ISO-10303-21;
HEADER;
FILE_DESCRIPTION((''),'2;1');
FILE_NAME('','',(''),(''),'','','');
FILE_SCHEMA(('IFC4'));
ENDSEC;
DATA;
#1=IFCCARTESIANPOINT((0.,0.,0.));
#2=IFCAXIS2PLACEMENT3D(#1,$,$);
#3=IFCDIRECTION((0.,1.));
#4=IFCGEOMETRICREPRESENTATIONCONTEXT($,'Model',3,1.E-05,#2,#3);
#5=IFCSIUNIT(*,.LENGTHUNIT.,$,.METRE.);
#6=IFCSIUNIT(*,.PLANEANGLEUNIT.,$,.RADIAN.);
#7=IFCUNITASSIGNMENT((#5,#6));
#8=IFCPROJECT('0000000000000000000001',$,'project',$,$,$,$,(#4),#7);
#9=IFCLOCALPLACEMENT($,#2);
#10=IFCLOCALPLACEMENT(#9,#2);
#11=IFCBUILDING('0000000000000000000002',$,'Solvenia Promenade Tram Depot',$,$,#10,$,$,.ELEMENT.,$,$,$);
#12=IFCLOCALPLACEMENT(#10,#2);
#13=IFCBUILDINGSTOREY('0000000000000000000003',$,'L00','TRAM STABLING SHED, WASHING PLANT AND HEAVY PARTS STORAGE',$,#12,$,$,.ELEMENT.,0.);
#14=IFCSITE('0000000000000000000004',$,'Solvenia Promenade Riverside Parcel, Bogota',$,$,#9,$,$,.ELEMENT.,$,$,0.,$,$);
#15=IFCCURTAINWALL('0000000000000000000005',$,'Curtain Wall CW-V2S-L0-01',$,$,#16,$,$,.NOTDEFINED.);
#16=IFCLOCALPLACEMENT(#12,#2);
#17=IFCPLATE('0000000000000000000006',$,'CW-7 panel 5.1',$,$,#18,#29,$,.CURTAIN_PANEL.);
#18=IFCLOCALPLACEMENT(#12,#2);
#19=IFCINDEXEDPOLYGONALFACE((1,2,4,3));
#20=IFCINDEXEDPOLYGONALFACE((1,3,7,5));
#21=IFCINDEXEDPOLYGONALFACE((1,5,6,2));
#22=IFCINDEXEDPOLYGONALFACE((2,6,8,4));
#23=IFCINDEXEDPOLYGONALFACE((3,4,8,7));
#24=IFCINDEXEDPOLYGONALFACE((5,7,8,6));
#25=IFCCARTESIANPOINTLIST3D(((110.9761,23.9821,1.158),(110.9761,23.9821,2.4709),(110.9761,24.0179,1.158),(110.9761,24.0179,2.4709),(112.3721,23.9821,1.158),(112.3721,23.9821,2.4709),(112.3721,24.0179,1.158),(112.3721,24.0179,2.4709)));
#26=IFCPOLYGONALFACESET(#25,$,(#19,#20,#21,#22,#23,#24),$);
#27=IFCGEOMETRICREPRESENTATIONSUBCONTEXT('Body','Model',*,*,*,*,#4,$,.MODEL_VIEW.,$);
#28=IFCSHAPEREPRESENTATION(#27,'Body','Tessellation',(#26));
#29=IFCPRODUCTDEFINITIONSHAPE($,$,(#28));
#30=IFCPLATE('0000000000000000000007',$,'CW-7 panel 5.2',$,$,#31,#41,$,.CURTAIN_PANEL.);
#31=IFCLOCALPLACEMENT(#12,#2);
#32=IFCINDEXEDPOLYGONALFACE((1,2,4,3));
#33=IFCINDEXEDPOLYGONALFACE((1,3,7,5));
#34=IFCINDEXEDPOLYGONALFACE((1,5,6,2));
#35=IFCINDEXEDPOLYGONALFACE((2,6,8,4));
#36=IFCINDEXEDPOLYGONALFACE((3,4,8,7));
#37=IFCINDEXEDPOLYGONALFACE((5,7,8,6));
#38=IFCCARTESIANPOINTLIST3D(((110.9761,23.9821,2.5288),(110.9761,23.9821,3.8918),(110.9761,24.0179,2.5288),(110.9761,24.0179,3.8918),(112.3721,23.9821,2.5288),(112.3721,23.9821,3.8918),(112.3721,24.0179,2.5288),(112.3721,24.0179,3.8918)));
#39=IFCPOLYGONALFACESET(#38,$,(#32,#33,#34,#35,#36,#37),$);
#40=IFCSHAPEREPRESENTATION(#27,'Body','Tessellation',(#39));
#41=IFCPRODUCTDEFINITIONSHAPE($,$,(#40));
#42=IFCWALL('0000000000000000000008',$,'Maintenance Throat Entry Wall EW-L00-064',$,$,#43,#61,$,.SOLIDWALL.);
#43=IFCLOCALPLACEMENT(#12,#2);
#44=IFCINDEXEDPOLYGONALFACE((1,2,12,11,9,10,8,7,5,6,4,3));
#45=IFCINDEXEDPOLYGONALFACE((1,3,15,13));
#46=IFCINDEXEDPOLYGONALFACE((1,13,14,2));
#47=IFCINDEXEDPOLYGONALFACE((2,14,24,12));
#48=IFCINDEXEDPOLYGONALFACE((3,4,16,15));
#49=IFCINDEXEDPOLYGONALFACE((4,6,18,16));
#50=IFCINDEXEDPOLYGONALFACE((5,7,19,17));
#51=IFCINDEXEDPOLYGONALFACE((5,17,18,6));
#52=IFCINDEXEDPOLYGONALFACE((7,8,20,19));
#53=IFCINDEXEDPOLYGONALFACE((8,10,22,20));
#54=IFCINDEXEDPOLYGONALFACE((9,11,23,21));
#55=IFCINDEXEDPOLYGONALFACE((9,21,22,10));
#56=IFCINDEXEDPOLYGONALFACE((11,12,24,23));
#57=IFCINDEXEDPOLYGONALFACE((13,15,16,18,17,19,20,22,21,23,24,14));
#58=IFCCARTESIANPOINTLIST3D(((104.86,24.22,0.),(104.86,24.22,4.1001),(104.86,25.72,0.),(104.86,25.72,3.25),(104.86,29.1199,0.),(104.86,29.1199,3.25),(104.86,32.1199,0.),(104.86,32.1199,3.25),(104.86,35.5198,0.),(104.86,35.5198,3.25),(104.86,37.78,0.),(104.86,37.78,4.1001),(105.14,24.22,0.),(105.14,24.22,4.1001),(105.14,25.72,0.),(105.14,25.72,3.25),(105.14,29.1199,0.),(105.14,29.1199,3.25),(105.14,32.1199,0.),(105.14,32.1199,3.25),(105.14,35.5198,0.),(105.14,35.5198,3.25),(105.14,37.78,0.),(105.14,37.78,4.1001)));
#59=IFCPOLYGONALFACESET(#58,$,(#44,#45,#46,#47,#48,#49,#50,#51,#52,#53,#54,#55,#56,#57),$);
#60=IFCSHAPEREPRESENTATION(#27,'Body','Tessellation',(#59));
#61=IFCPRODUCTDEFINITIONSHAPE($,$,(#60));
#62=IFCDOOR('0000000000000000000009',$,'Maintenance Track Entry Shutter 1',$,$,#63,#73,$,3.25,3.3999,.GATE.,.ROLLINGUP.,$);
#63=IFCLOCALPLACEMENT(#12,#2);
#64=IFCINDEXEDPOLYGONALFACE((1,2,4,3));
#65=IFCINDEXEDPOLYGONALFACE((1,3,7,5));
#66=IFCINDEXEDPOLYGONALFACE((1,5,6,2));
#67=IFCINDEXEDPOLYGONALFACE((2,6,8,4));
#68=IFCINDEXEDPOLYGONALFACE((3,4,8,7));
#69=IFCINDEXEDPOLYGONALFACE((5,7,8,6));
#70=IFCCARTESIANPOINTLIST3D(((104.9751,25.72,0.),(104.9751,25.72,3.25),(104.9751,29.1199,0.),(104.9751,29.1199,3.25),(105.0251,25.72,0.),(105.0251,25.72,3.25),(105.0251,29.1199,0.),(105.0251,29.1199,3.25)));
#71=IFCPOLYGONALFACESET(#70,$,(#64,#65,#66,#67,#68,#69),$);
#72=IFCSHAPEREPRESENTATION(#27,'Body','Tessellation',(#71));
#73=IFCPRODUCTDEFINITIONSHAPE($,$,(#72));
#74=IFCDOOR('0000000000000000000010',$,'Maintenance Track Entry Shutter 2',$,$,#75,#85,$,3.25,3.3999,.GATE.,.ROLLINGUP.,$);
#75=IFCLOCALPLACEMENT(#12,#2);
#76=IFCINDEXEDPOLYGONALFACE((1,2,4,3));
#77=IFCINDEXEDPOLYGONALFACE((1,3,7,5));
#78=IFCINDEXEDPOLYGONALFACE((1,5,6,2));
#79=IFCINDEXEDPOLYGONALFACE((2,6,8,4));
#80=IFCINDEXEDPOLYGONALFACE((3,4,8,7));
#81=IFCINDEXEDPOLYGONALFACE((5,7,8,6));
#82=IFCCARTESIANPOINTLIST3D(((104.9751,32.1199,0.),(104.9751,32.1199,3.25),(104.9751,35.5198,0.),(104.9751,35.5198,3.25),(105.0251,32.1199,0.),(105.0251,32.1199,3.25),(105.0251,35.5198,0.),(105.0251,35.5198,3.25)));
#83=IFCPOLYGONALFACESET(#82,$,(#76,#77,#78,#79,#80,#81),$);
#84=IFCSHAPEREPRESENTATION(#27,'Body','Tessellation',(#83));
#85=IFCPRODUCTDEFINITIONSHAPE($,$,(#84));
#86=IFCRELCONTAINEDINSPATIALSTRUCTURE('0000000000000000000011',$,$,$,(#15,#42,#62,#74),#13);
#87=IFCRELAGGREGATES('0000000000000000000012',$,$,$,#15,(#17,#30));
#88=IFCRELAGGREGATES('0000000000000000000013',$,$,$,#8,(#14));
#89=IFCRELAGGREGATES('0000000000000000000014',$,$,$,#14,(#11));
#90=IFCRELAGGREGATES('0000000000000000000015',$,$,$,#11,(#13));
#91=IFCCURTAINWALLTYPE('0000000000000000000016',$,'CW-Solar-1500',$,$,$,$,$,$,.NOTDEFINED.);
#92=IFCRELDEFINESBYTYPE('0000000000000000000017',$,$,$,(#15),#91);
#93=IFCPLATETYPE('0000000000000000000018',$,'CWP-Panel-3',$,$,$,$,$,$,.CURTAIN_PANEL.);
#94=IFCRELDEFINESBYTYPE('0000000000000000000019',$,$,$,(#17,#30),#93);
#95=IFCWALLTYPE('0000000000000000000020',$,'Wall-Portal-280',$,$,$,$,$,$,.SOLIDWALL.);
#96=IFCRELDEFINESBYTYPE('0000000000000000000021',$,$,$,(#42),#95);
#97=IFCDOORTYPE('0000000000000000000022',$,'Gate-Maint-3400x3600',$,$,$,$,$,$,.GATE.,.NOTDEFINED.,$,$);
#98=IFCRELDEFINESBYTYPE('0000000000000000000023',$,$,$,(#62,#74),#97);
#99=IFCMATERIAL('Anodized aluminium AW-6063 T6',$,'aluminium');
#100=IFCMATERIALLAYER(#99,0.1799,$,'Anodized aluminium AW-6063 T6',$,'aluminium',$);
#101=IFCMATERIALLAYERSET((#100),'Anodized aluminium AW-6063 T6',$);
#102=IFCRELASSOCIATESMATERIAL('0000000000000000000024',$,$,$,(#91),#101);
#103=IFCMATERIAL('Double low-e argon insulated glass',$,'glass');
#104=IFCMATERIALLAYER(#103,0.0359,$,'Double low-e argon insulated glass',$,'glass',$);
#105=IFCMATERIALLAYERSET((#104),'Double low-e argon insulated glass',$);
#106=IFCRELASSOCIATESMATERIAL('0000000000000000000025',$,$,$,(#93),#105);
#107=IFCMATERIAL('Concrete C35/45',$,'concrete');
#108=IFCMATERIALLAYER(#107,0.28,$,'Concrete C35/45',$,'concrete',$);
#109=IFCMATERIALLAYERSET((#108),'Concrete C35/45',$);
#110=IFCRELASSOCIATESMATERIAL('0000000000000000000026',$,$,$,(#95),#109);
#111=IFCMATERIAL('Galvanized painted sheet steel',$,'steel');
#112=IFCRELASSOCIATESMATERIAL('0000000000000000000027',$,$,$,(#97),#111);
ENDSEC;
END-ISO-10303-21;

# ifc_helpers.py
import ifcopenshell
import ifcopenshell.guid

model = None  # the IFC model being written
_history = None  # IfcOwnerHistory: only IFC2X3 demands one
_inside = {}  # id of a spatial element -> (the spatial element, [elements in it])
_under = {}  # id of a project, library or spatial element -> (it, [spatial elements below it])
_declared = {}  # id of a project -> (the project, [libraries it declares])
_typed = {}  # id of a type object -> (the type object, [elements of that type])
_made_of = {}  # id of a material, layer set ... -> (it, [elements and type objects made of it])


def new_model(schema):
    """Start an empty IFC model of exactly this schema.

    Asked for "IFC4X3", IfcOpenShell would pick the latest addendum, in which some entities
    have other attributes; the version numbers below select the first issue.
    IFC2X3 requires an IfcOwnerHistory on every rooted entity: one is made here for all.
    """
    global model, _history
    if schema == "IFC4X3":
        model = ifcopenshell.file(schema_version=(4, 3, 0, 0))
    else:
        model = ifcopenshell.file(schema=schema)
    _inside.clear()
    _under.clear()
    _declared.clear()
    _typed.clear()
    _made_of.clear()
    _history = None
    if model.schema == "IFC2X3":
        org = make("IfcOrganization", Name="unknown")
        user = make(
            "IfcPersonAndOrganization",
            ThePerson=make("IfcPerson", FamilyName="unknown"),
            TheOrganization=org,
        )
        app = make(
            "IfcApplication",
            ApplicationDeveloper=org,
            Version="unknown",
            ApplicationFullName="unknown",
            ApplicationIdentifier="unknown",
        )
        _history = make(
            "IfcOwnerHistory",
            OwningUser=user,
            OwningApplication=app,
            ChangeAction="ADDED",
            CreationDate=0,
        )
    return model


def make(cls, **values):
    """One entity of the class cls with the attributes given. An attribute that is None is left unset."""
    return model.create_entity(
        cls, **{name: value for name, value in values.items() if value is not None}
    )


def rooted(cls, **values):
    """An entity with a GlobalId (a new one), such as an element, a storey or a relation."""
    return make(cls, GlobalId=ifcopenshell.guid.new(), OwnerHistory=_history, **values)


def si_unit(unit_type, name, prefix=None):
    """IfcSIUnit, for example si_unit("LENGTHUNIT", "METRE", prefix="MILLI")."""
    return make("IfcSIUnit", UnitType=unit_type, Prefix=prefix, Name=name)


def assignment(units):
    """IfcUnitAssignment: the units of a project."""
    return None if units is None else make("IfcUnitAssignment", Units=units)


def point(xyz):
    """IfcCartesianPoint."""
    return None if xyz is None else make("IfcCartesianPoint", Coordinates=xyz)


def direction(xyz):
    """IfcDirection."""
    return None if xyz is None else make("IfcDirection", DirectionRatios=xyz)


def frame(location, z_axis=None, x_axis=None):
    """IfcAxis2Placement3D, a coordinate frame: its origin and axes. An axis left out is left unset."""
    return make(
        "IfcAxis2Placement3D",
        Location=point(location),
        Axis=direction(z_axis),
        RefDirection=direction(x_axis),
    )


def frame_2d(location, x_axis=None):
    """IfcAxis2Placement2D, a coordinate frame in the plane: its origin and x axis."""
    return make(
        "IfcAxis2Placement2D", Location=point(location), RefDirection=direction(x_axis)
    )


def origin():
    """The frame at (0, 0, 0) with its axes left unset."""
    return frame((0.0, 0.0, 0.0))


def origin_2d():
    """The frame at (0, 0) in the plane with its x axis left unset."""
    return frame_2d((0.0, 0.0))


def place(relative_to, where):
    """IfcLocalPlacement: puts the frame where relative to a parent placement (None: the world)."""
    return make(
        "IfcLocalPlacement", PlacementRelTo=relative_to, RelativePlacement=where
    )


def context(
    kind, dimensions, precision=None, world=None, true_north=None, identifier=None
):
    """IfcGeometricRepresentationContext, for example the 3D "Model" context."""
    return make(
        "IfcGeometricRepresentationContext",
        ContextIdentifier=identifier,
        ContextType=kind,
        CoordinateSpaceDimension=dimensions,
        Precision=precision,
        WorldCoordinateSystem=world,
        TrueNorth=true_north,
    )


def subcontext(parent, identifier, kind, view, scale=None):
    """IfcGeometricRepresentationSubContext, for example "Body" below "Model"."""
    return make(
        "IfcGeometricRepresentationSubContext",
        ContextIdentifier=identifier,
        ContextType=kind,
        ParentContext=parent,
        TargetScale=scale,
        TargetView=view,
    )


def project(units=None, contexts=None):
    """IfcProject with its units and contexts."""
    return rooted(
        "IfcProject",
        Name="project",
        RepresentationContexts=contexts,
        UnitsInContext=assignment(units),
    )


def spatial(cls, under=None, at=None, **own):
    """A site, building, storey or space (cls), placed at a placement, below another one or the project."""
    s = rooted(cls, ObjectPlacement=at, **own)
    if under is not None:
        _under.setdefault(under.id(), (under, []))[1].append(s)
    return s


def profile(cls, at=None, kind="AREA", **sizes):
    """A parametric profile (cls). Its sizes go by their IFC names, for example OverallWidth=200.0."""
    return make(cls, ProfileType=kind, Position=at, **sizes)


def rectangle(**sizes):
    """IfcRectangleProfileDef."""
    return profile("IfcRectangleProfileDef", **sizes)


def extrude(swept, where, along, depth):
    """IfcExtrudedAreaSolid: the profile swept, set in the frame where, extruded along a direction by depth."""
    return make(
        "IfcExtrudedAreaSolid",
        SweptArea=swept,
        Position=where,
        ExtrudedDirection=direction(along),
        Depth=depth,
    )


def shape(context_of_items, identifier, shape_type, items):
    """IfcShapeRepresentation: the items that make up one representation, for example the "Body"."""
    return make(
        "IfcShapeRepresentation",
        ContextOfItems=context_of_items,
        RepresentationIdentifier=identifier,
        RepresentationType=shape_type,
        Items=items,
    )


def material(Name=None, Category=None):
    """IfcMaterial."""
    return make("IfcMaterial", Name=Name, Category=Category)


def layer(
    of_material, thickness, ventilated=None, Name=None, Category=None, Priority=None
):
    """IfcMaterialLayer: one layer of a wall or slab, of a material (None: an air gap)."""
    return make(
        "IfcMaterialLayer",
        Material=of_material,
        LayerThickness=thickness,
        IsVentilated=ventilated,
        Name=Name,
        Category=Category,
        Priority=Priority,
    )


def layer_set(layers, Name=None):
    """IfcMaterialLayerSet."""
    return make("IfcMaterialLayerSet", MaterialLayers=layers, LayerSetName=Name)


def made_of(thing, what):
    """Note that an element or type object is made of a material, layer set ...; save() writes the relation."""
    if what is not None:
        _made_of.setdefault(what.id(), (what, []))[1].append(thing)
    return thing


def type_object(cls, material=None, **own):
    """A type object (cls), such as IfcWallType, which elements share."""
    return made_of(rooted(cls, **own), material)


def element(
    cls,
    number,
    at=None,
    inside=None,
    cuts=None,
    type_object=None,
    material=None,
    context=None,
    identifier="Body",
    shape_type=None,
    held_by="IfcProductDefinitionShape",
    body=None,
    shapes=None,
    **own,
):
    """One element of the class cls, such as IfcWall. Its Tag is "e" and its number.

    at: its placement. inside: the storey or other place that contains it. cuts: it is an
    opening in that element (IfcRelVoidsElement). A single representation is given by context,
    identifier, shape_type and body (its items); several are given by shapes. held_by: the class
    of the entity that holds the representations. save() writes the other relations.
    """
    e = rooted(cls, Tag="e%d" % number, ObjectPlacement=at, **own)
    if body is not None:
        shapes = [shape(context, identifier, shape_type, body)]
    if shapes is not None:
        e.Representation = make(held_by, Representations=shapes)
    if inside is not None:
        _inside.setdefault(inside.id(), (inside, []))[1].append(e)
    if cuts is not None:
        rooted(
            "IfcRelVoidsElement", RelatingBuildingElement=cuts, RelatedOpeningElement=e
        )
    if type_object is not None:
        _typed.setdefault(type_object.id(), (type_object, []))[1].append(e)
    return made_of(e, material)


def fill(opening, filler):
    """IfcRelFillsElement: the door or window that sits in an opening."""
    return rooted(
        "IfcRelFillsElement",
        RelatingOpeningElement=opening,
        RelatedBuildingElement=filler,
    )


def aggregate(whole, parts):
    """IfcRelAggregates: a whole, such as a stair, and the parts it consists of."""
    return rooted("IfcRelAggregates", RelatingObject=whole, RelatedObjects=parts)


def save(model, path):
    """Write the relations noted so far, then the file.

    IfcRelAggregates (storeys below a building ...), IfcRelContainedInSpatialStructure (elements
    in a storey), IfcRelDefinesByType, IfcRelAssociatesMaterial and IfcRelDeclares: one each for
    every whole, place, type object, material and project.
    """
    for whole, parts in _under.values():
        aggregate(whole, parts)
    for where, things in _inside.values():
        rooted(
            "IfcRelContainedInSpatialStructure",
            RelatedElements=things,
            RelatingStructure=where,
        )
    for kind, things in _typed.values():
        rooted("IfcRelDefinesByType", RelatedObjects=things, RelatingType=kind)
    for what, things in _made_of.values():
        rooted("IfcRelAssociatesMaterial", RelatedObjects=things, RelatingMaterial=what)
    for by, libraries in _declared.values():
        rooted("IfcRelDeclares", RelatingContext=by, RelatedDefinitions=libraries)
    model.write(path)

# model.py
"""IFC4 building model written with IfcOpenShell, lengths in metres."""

from ifc_helpers import new_model, si_unit, direction, frame, frame_2d, origin, origin_2d, place, context, subcontext, project, spatial, rectangle, extrude, material, layer, layer_set, type_object, element, fill, aggregate, save


model = new_model("IFC4")

# Units and contexts
model_context = context("Model", 3, precision=1e-05, world=origin(), true_north=direction((0.0, 1.0)))
body_context = subcontext(model_context, "Body", "Model", "MODEL_VIEW")
ifc_project = project(units=[si_unit("LENGTHUNIT", "METRE"), si_unit("PLANEANGLEUNIT", "RADIAN")], contexts=[model_context])

# Site, building, storey
site_placement = place(None, origin())
site = spatial("IfcSite", under=ifc_project, at=site_placement, Name="Solvenia Promenade Riverside Parcel, Bogota", CompositionType="ELEMENT", RefElevation=0.0)
building_placement = place(site_placement, origin())
building = spatial("IfcBuilding", under=site, at=building_placement, Name="Solvenia Promenade Tram Depot", CompositionType="ELEMENT")
storey_placement = place(building_placement, origin())
storey = spatial("IfcBuildingStorey", under=building, at=storey_placement, Name="L00", Description="TRAM STABLING SHED, WASHING PLANT AND HEAVY PARTS STORAGE", CompositionType="ELEMENT", Elevation=0.0)

# Curtain wall, plates
ifc_material_1 = material(Name="Anodized aluminium AW-6063 T6", Category="aluminium")
ifc_layer_1 = layer(ifc_material_1, 0.1799, Name="Anodized aluminium AW-6063 T6", Category="aluminium")
ifc_layer_set_1 = layer_set([ifc_layer_1], Name="Anodized aluminium AW-6063 T6")
curtain_wall_type = type_object("IfcCurtainWallType", Name="CW-Solar-1500", PredefinedType="NOTDEFINED", material=ifc_layer_set_1)
curtain_wall_placement = place(storey_placement, origin())
curtain_wall = element("IfcCurtainWall", 1, at=curtain_wall_placement, inside=storey, type_object=curtain_wall_type, Name="Curtain Wall CW-V2S-L0-01", PredefinedType="NOTDEFINED")
ifc_material_2 = material(Name="Double low-e argon insulated glass", Category="glass")
ifc_layer_2 = layer(ifc_material_2, 0.0359, Name="Double low-e argon insulated glass", Category="glass")
ifc_layer_set_2 = layer_set([ifc_layer_2], Name="Double low-e argon insulated glass")
plate_type = type_object("IfcPlateType", Name="CWP-Panel-3", PredefinedType="CURTAIN_PANEL", material=ifc_layer_set_2)
plate_1_placement = place(storey_placement, frame((111.6741, 24.0, 1.158), z_axis=(0.0, 0.0, 1.0), x_axis=(1.0, 0.0, 0.0)))
plate_1 = element("IfcPlate", 2, at=plate_1_placement, type_object=plate_type, Name="CW-7 panel 5.1", PredefinedType="CURTAIN_PANEL", context=body_context, shape_type="SweptSolid", body=[
    extrude(rectangle(XDim=1.396, YDim=0.0359, at=origin_2d()), origin(), (0.0, 0.0, 1.0), 1.313),
])
plate_2_placement = place(storey_placement, frame((111.6741, 24.0, 2.5288), z_axis=(0.0, 0.0, 1.0), x_axis=(1.0, 0.0, 0.0)))
plate_2 = element("IfcPlate", 3, at=plate_2_placement, type_object=plate_type, Name="CW-7 panel 5.2", PredefinedType="CURTAIN_PANEL", context=body_context, shape_type="SweptSolid", body=[
    extrude(rectangle(XDim=1.396, YDim=0.0359, at=origin_2d()), origin(), (0.0, 0.0, 1.0), 1.363),
])
aggregate(curtain_wall, [plate_1, plate_2])

# Wall, openings, doors
ifc_material_3 = material(Name="Concrete C35/45", Category="concrete")
ifc_layer_3 = layer(ifc_material_3, 0.28, Name="Concrete C35/45", Category="concrete")
ifc_layer_set_3 = layer_set([ifc_layer_3], Name="Concrete C35/45")
wall_type = type_object("IfcWallType", Name="Wall-Portal-280", PredefinedType="SOLIDWALL", material=ifc_layer_set_3)
wall_placement = place(storey_placement, frame((105.0, 24.22, 0.0), z_axis=(0.0, 0.0, 1.0), x_axis=(0.0, 1.0, 0.0)))
wall = element("IfcWall", 4, at=wall_placement, inside=storey, type_object=wall_type, Name="Maintenance Throat Entry Wall EW-L00-064", PredefinedType="SOLIDWALL", context=body_context, shape_type="SweptSolid", body=[
    extrude(rectangle(XDim=13.5601, YDim=0.28, at=frame_2d((6.78, 0.0))), origin(), (0.0, 0.0, 1.0), 4.1001),
])
opening_1_placement = place(wall_placement, frame((1.5, 0.0, 0.0)))
opening_1 = element("IfcOpeningElement", 5, at=opening_1_placement, cuts=wall, PredefinedType="OPENING", context=body_context, shape_type="SweptSolid", body=[
    extrude(rectangle(XDim=3.3999, YDim=3.25, at=frame_2d((1.7, 1.625))), frame((0.0, 0.1499, 0.0), z_axis=(0.0, -1.0, 0.0), x_axis=(1.0, 0.0, 0.0)), (0.0, 0.0, 1.0), 0.3),
])
opening_2_placement = place(wall_placement, frame((7.8999, 0.0, 0.0)))
opening_2 = element("IfcOpeningElement", 6, at=opening_2_placement, cuts=wall, PredefinedType="OPENING", context=body_context, shape_type="SweptSolid", body=[
    extrude(rectangle(XDim=3.3999, YDim=3.25, at=frame_2d((1.7, 1.625))), frame((0.0, 0.1499, 0.0), z_axis=(0.0, -1.0, 0.0), x_axis=(1.0, 0.0, 0.0)), (0.0, 0.0, 1.0), 0.3),
])
ifc_material_4 = material(Name="Galvanized painted sheet steel", Category="steel")
door_type = type_object("IfcDoorType", Name="Gate-Maint-3400x3600", OperationType="NOTDEFINED", PredefinedType="GATE", material=ifc_material_4)
door_1_placement = place(opening_1_placement, origin())
door_1 = element("IfcDoor", 7, at=door_1_placement, inside=storey, type_object=door_type, Name="Maintenance Track Entry Shutter 1", OperationType="ROLLINGUP", OverallHeight=3.25, OverallWidth=3.3999, PredefinedType="GATE", context=body_context, shape_type="SweptSolid", body=[
    extrude(rectangle(XDim=3.3999, YDim=3.25, at=frame_2d((1.7, 1.625))), frame((0.0, 0.0249, 0.0), z_axis=(0.0, -1.0, 0.0), x_axis=(1.0, 0.0, 0.0)), (0.0, 0.0, 1.0), 0.05),
])
fill(opening_1, door_1)
door_2_placement = place(opening_2_placement, origin())
door_2 = element("IfcDoor", 8, at=door_2_placement, inside=storey, type_object=door_type, Name="Maintenance Track Entry Shutter 2", OperationType="ROLLINGUP", OverallHeight=3.25, OverallWidth=3.3999, PredefinedType="GATE", context=body_context, shape_type="SweptSolid", body=[
    extrude(rectangle(XDim=3.3999, YDim=3.25, at=frame_2d((1.7, 1.625))), frame((0.0, 0.0249, 0.0), z_axis=(0.0, -1.0, 0.0), x_axis=(1.0, 0.0, 0.0)), (0.0, 0.0, 1.0), 0.05),
])
fill(opening_2, door_2)

save(model, "model.ifc")
